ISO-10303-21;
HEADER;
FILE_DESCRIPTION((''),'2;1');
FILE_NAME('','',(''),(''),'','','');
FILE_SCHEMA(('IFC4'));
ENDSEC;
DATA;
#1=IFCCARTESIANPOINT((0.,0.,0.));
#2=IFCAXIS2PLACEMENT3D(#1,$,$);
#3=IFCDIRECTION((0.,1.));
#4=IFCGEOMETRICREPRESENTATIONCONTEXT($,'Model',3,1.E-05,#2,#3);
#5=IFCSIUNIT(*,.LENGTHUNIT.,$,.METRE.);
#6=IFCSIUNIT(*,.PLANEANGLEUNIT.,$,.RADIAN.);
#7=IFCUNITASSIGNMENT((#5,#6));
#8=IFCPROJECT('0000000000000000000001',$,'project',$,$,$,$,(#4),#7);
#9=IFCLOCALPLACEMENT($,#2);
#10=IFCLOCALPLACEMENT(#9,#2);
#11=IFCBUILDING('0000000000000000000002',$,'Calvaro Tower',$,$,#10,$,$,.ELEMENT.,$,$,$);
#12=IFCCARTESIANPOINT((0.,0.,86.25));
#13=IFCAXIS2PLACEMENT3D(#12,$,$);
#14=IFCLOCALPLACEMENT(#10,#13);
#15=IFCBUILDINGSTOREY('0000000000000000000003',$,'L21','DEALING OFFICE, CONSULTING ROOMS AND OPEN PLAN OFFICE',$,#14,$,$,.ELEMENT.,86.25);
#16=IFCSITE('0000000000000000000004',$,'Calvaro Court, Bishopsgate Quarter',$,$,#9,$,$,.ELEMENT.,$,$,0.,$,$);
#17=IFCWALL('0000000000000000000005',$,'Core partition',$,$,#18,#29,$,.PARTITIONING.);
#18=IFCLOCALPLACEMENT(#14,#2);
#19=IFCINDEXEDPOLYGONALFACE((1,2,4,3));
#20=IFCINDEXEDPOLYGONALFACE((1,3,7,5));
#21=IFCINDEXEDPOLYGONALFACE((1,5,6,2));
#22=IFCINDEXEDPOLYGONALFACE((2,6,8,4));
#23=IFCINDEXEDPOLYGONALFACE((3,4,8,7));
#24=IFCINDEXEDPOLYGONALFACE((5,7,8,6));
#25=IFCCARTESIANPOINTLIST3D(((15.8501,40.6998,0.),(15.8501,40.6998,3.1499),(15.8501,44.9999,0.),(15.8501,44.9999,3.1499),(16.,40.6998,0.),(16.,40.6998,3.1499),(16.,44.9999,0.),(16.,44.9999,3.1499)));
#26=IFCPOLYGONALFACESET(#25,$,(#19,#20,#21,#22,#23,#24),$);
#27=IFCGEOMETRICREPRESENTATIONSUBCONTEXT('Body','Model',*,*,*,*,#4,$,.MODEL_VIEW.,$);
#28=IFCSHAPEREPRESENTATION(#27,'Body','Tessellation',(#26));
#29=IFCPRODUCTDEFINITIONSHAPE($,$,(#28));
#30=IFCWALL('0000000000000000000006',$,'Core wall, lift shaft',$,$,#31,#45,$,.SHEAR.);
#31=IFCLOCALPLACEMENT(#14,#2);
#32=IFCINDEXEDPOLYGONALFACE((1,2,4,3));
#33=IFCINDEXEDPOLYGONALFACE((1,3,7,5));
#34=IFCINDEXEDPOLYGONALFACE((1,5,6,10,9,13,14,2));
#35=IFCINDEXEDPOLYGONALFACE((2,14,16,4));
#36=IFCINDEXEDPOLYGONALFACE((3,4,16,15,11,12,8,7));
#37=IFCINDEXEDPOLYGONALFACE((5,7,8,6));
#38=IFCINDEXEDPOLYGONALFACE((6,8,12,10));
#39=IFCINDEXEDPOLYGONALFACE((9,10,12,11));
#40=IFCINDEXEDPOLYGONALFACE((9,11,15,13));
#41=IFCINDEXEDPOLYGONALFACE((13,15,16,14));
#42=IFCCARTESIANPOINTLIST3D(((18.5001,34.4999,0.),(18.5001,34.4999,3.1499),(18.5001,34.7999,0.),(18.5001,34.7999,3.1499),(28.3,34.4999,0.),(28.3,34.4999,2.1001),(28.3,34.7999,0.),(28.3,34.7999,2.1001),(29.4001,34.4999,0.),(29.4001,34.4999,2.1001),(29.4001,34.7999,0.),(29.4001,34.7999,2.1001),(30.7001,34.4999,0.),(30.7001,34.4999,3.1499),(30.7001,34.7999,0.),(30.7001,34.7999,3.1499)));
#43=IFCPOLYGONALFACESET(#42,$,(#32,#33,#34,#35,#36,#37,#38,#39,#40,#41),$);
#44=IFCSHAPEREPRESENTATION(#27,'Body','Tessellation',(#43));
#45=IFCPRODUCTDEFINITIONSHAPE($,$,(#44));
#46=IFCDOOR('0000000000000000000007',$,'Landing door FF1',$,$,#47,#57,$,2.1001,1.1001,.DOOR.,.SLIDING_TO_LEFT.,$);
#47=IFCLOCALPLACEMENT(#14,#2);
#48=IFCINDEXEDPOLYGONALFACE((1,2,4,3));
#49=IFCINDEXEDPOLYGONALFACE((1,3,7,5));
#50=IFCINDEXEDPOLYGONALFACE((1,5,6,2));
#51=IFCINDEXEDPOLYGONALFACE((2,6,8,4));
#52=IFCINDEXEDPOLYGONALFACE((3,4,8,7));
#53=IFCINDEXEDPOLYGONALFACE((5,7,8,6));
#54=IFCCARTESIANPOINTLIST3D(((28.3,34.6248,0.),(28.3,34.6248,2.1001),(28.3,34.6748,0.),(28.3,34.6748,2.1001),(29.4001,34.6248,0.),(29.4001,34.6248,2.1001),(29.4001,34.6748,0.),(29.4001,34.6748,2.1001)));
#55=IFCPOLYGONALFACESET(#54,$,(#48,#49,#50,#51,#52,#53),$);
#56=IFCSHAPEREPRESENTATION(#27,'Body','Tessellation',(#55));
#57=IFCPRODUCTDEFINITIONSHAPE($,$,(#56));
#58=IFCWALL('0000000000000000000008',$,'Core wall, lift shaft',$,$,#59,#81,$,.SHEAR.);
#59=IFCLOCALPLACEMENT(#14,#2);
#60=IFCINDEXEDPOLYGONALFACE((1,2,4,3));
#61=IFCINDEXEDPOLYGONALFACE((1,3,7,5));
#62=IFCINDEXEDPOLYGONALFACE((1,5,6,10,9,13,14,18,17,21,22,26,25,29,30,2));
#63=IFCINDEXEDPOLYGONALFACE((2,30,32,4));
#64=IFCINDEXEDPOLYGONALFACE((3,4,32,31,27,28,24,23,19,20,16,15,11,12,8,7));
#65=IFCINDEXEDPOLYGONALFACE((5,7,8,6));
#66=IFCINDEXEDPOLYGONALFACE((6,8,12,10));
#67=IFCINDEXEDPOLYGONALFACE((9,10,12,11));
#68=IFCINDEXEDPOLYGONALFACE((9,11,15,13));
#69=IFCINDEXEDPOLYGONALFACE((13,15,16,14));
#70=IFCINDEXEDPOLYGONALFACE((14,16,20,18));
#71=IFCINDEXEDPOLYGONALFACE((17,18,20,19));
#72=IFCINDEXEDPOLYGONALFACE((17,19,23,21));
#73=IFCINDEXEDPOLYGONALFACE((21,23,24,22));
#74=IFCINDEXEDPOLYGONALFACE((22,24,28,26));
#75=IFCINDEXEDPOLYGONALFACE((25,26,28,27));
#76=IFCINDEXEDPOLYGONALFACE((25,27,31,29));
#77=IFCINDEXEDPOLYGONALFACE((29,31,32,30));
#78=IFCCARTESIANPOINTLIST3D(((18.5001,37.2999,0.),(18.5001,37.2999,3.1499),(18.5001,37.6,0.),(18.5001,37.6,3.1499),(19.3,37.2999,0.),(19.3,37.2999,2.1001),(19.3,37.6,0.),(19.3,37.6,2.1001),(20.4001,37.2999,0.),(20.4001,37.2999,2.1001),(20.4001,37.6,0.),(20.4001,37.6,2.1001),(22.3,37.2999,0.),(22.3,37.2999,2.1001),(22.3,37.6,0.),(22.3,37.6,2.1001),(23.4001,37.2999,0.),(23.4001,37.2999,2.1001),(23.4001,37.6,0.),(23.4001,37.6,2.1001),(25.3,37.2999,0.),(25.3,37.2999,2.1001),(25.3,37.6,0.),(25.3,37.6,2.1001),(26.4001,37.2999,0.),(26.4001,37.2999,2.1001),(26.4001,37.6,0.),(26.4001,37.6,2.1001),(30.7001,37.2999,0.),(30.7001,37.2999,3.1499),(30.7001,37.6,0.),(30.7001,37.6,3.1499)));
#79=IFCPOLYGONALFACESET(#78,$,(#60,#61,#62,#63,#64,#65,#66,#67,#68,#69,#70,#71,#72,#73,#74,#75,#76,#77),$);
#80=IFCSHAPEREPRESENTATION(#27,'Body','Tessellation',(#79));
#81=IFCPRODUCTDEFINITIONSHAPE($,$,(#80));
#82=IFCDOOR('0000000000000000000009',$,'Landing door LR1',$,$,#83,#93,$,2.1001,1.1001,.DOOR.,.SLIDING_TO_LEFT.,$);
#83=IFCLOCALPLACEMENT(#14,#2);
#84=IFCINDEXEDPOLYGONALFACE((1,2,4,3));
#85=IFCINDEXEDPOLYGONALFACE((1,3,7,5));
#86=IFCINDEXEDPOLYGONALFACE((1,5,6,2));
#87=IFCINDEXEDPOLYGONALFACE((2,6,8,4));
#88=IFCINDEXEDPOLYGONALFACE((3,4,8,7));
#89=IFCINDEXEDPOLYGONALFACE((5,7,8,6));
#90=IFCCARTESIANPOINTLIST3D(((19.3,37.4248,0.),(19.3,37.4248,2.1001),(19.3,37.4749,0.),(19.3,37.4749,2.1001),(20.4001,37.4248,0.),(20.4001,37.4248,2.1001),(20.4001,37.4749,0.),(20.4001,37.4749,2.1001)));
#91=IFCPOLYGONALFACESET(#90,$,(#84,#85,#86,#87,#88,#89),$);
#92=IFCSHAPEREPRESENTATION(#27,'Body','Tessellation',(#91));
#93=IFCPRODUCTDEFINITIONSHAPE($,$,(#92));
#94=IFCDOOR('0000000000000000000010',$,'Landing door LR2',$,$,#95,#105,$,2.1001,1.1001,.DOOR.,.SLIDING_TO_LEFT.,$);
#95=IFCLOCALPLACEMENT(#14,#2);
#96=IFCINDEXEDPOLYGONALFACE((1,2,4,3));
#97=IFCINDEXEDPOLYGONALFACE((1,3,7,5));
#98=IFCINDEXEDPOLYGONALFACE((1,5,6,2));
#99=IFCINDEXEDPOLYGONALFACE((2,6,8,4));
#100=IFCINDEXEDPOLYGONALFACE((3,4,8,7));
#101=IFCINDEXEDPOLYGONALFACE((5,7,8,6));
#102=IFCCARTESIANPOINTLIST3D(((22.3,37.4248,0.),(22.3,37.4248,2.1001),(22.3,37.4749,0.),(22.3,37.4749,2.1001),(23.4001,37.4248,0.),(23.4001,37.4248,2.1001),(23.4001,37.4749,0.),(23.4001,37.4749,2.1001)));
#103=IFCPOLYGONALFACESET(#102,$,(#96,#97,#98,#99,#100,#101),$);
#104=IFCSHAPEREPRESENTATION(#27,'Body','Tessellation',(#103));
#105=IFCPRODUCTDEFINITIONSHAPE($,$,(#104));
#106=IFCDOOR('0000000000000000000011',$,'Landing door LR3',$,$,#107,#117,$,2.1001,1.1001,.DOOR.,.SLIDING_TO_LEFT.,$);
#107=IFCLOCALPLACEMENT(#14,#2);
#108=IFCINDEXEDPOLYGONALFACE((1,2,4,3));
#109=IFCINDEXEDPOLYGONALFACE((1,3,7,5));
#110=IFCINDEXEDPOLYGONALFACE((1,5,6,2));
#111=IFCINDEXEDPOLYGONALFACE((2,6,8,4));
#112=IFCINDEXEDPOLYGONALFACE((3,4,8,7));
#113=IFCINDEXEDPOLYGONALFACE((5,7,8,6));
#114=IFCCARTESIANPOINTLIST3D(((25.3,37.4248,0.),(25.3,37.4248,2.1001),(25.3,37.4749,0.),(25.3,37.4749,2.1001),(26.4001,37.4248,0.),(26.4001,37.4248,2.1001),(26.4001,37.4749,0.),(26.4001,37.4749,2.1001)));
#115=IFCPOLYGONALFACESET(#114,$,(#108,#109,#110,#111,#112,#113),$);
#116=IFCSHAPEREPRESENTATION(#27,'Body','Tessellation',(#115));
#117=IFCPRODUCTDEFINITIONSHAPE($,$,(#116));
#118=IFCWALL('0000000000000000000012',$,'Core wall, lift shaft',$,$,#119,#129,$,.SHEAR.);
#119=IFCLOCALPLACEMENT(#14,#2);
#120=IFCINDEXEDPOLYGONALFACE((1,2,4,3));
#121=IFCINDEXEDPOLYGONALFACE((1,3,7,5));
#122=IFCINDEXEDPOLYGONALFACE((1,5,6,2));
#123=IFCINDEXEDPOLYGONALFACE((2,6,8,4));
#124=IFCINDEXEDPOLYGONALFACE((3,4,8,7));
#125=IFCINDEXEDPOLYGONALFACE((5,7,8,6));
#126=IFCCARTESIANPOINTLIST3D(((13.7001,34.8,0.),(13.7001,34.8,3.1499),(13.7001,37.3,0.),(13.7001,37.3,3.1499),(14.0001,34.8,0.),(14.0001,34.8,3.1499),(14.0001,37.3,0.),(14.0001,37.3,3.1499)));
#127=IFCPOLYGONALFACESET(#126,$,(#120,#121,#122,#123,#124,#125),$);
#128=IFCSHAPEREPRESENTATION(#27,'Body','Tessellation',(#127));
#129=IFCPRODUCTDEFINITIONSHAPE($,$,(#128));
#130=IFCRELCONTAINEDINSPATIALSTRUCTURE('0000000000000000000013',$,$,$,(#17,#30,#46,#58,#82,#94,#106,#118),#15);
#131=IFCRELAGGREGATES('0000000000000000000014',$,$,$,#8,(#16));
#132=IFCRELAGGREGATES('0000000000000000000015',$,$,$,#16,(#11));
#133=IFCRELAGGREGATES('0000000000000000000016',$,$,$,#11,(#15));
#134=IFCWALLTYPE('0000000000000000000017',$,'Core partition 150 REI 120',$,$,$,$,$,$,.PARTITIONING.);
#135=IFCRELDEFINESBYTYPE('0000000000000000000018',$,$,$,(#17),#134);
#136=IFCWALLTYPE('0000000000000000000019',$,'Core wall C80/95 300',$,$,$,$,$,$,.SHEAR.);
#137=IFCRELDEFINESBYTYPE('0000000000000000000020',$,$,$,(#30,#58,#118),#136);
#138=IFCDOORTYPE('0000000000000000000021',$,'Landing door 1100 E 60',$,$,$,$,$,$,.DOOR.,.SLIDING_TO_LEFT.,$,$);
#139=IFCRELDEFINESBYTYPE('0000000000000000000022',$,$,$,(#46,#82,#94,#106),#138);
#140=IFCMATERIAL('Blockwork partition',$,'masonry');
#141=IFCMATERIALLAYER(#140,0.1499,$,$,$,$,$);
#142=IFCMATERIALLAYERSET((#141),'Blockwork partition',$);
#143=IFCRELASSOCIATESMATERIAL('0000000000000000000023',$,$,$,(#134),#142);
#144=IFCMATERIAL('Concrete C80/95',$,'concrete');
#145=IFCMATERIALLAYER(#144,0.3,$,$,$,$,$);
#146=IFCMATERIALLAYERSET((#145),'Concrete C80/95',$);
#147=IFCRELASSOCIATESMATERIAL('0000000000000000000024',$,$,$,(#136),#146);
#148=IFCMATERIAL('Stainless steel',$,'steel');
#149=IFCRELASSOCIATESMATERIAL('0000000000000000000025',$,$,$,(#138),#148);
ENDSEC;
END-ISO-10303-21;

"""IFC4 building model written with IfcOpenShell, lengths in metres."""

from ifc_helpers import new_model, si_unit, direction, frame, frame_2d, origin, place, context, subcontext, project, spatial, rectangle, extrude, material, layer, layer_set, type_object, element, fill, save


model = new_model("IFC4")

# Units and contexts
model_context = context("Model", 3, precision=1e-05, world=origin(), true_north=direction((0.0, 1.0)))
body_context = subcontext(model_context, "Body", "Model", "MODEL_VIEW")
ifc_project = project(units=[si_unit("LENGTHUNIT", "METRE"), si_unit("PLANEANGLEUNIT", "RADIAN")], contexts=[model_context])

# Site, building, storey
site_placement = place(None, origin())
site = spatial("IfcSite", under=ifc_project, at=site_placement, Name="Calvaro Court, Bishopsgate Quarter", CompositionType="ELEMENT", RefElevation=0.0)
building_placement = place(site_placement, origin())
building = spatial("IfcBuilding", under=site, at=building_placement, Name="Calvaro Tower", CompositionType="ELEMENT")
storey_placement = place(building_placement, frame((0.0, 0.0, 86.25)))
storey = spatial("IfcBuildingStorey", under=building, at=storey_placement, Name="L21", Description="DEALING OFFICE, CONSULTING ROOMS AND OPEN PLAN OFFICE", CompositionType="ELEMENT", Elevation=86.25)

# Wall
ifc_material_1 = material(Name="Blockwork partition", Category="masonry")
ifc_layer_1 = layer(ifc_material_1, 0.1499)
ifc_layer_set_1 = layer_set([ifc_layer_1], Name="Blockwork partition")
wall_type_1 = type_object("IfcWallType", Name="Core partition 150 REI 120", PredefinedType="PARTITIONING", material=ifc_layer_set_1)
wall_1_placement = place(storey_placement, frame((15.925, 40.7, 0.0), z_axis=(0.0, 0.0, 1.0), x_axis=(0.0, 1.0, 0.0)))
element("IfcWall", 1, at=wall_1_placement, inside=storey, type_object=wall_type_1, Name="Core partition", PredefinedType="PARTITIONING", context=body_context, shape_type="SweptSolid", body=[
    extrude(rectangle(XDim=4.3, YDim=0.1499, at=frame_2d((2.1499, 0.0))), origin(), (0.0, 0.0, 1.0), 3.1499),
])

# Wall, opening, door
ifc_material_2 = material(Name="Concrete C80/95", Category="concrete")
ifc_layer_2 = layer(ifc_material_2, 0.3)
ifc_layer_set_2 = layer_set([ifc_layer_2], Name="Concrete C80/95")
wall_type_2 = type_object("IfcWallType", Name="Core wall C80/95 300", PredefinedType="SHEAR", material=ifc_layer_set_2)
wall_2_placement = place(storey_placement, frame((18.5, 34.6499, 0.0), z_axis=(0.0, 0.0, 1.0), x_axis=(1.0, 0.0, 0.0)))
wall_2 = element("IfcWall", 2, at=wall_2_placement, inside=storey, type_object=wall_type_2, Name="Core wall, lift shaft", PredefinedType="SHEAR", context=body_context, shape_type="SweptSolid", body=[
    extrude(rectangle(XDim=12.2, YDim=0.3, at=frame_2d((6.1001, 0.0))), origin(), (0.0, 0.0, 1.0), 3.1499),
])
opening_1_placement = place(wall_2_placement, frame((9.8, 0.0, 0.0)))
opening_1 = element("IfcOpeningElement", 3, at=opening_1_placement, cuts=wall_2, PredefinedType="OPENING", context=body_context, shape_type="SweptSolid", body=[
    extrude(rectangle(XDim=1.1001, YDim=2.1001, at=frame_2d((0.55, 1.05))), frame((0.0, 0.1599, 0.0), z_axis=(0.0, -1.0, 0.0), x_axis=(1.0, 0.0, 0.0)), (0.0, 0.0, 1.0), 0.3201),
])
ifc_material_3 = material(Name="Stainless steel", Category="steel")
door_type_1 = type_object("IfcDoorType", Name="Landing door 1100 E 60", OperationType="SLIDING_TO_LEFT", PredefinedType="DOOR", material=ifc_material_3)
door_1_placement = place(opening_1_placement, origin())
door_1 = element("IfcDoor", 4, at=door_1_placement, inside=storey, type_object=door_type_1, Name="Landing door FF1", OperationType="SLIDING_TO_LEFT", OverallHeight=2.1001, OverallWidth=1.1001, PredefinedType="DOOR", context=body_context, shape_type="SweptSolid", body=[
    extrude(rectangle(XDim=1.1001, YDim=2.1001, at=frame_2d((0.55, 1.05))), frame((0.0, 0.0249, 0.0), z_axis=(0.0, -1.0, 0.0), x_axis=(1.0, 0.0, 0.0)), (0.0, 0.0, 1.0), 0.05),
])
fill(opening_1, door_1)

# Wall, openings, doors
wall_3_placement = place(storey_placement, frame((18.5, 37.45, 0.0), z_axis=(0.0, 0.0, 1.0), x_axis=(1.0, 0.0, 0.0)))
wall_3 = element("IfcWall", 5, at=wall_3_placement, inside=storey, type_object=wall_type_2, Name="Core wall, lift shaft", PredefinedType="SHEAR", context=body_context, shape_type="SweptSolid", body=[
    extrude(rectangle(XDim=12.2, YDim=0.3, at=frame_2d((6.1001, 0.0))), origin(), (0.0, 0.0, 1.0), 3.1499),
])
opening_2_placement = place(wall_3_placement, frame((0.8, 0.0, 0.0)))
opening_2 = element("IfcOpeningElement", 6, at=opening_2_placement, cuts=wall_3, PredefinedType="OPENING", context=body_context, shape_type="SweptSolid", body=[
    extrude(rectangle(XDim=1.1001, YDim=2.1001, at=frame_2d((0.55, 1.05))), frame((0.0, 0.1599, 0.0), z_axis=(0.0, -1.0, 0.0), x_axis=(1.0, 0.0, 0.0)), (0.0, 0.0, 1.0), 0.3201),
])
opening_3_placement = place(wall_3_placement, frame((3.8, 0.0, 0.0)))
opening_3 = element("IfcOpeningElement", 7, at=opening_3_placement, cuts=wall_3, PredefinedType="OPENING", context=body_context, shape_type="SweptSolid", body=[
    extrude(rectangle(XDim=1.1001, YDim=2.1001, at=frame_2d((0.55, 1.05))), frame((0.0, 0.1599, 0.0), z_axis=(0.0, -1.0, 0.0), x_axis=(1.0, 0.0, 0.0)), (0.0, 0.0, 1.0), 0.3201),
])
opening_4_placement = place(wall_3_placement, frame((6.8, 0.0, 0.0)))
opening_4 = element("IfcOpeningElement", 8, at=opening_4_placement, cuts=wall_3, PredefinedType="OPENING", context=body_context, shape_type="SweptSolid", body=[
    extrude(rectangle(XDim=1.1001, YDim=2.1001, at=frame_2d((0.55, 1.05))), frame((0.0, 0.1599, 0.0), z_axis=(0.0, -1.0, 0.0), x_axis=(1.0, 0.0, 0.0)), (0.0, 0.0, 1.0), 0.3201),
])
door_2_placement = place(opening_2_placement, origin())
door_2 = element("IfcDoor", 9, at=door_2_placement, inside=storey, type_object=door_type_1, Name="Landing door LR1", OperationType="SLIDING_TO_LEFT", OverallHeight=2.1001, OverallWidth=1.1001, PredefinedType="DOOR", context=body_context, shape_type="SweptSolid", body=[
    extrude(rectangle(XDim=1.1001, YDim=2.1001, at=frame_2d((0.55, 1.05))), frame((0.0, 0.0249, 0.0), z_axis=(0.0, -1.0, 0.0), x_axis=(1.0, 0.0, 0.0)), (0.0, 0.0, 1.0), 0.05),
])
fill(opening_2, door_2)
door_3_placement = place(opening_3_placement, origin())
door_3 = element("IfcDoor", 10, at=door_3_placement, inside=storey, type_object=door_type_1, Name="Landing door LR2", OperationType="SLIDING_TO_LEFT", OverallHeight=2.1001, OverallWidth=1.1001, PredefinedType="DOOR", context=body_context, shape_type="SweptSolid", body=[
    extrude(rectangle(XDim=1.1001, YDim=2.1001, at=frame_2d((0.55, 1.05))), frame((0.0, 0.0249, 0.0), z_axis=(0.0, -1.0, 0.0), x_axis=(1.0, 0.0, 0.0)), (0.0, 0.0, 1.0), 0.05),
])
fill(opening_3, door_3)
door_4_placement = place(opening_4_placement, origin())
door_4 = element("IfcDoor", 11, at=door_4_placement, inside=storey, type_object=door_type_1, Name="Landing door LR3", OperationType="SLIDING_TO_LEFT", OverallHeight=2.1001, OverallWidth=1.1001, PredefinedType="DOOR", context=body_context, shape_type="SweptSolid", body=[
    extrude(rectangle(XDim=1.1001, YDim=2.1001, at=frame_2d((0.55, 1.05))), frame((0.0, 0.0249, 0.0), z_axis=(0.0, -1.0, 0.0), x_axis=(1.0, 0.0, 0.0)), (0.0, 0.0, 1.0), 0.05),
])
fill(opening_4, door_4)

# Wall
wall_4_placement = place(storey_placement, frame((13.8501, 34.8, 0.0), z_axis=(0.0, 0.0, 1.0), x_axis=(0.0, 1.0, 0.0)))
element("IfcWall", 12, at=wall_4_placement, inside=storey, type_object=wall_type_2, Name="Core wall, lift shaft", PredefinedType="SHEAR", context=body_context, shape_type="SweptSolid", body=[
    extrude(rectangle(XDim=2.5, YDim=0.3, at=frame_2d((1.25, 0.0))), origin(), (0.0, 0.0, 1.0), 3.1499),
])

save(model, "model.ifc")
